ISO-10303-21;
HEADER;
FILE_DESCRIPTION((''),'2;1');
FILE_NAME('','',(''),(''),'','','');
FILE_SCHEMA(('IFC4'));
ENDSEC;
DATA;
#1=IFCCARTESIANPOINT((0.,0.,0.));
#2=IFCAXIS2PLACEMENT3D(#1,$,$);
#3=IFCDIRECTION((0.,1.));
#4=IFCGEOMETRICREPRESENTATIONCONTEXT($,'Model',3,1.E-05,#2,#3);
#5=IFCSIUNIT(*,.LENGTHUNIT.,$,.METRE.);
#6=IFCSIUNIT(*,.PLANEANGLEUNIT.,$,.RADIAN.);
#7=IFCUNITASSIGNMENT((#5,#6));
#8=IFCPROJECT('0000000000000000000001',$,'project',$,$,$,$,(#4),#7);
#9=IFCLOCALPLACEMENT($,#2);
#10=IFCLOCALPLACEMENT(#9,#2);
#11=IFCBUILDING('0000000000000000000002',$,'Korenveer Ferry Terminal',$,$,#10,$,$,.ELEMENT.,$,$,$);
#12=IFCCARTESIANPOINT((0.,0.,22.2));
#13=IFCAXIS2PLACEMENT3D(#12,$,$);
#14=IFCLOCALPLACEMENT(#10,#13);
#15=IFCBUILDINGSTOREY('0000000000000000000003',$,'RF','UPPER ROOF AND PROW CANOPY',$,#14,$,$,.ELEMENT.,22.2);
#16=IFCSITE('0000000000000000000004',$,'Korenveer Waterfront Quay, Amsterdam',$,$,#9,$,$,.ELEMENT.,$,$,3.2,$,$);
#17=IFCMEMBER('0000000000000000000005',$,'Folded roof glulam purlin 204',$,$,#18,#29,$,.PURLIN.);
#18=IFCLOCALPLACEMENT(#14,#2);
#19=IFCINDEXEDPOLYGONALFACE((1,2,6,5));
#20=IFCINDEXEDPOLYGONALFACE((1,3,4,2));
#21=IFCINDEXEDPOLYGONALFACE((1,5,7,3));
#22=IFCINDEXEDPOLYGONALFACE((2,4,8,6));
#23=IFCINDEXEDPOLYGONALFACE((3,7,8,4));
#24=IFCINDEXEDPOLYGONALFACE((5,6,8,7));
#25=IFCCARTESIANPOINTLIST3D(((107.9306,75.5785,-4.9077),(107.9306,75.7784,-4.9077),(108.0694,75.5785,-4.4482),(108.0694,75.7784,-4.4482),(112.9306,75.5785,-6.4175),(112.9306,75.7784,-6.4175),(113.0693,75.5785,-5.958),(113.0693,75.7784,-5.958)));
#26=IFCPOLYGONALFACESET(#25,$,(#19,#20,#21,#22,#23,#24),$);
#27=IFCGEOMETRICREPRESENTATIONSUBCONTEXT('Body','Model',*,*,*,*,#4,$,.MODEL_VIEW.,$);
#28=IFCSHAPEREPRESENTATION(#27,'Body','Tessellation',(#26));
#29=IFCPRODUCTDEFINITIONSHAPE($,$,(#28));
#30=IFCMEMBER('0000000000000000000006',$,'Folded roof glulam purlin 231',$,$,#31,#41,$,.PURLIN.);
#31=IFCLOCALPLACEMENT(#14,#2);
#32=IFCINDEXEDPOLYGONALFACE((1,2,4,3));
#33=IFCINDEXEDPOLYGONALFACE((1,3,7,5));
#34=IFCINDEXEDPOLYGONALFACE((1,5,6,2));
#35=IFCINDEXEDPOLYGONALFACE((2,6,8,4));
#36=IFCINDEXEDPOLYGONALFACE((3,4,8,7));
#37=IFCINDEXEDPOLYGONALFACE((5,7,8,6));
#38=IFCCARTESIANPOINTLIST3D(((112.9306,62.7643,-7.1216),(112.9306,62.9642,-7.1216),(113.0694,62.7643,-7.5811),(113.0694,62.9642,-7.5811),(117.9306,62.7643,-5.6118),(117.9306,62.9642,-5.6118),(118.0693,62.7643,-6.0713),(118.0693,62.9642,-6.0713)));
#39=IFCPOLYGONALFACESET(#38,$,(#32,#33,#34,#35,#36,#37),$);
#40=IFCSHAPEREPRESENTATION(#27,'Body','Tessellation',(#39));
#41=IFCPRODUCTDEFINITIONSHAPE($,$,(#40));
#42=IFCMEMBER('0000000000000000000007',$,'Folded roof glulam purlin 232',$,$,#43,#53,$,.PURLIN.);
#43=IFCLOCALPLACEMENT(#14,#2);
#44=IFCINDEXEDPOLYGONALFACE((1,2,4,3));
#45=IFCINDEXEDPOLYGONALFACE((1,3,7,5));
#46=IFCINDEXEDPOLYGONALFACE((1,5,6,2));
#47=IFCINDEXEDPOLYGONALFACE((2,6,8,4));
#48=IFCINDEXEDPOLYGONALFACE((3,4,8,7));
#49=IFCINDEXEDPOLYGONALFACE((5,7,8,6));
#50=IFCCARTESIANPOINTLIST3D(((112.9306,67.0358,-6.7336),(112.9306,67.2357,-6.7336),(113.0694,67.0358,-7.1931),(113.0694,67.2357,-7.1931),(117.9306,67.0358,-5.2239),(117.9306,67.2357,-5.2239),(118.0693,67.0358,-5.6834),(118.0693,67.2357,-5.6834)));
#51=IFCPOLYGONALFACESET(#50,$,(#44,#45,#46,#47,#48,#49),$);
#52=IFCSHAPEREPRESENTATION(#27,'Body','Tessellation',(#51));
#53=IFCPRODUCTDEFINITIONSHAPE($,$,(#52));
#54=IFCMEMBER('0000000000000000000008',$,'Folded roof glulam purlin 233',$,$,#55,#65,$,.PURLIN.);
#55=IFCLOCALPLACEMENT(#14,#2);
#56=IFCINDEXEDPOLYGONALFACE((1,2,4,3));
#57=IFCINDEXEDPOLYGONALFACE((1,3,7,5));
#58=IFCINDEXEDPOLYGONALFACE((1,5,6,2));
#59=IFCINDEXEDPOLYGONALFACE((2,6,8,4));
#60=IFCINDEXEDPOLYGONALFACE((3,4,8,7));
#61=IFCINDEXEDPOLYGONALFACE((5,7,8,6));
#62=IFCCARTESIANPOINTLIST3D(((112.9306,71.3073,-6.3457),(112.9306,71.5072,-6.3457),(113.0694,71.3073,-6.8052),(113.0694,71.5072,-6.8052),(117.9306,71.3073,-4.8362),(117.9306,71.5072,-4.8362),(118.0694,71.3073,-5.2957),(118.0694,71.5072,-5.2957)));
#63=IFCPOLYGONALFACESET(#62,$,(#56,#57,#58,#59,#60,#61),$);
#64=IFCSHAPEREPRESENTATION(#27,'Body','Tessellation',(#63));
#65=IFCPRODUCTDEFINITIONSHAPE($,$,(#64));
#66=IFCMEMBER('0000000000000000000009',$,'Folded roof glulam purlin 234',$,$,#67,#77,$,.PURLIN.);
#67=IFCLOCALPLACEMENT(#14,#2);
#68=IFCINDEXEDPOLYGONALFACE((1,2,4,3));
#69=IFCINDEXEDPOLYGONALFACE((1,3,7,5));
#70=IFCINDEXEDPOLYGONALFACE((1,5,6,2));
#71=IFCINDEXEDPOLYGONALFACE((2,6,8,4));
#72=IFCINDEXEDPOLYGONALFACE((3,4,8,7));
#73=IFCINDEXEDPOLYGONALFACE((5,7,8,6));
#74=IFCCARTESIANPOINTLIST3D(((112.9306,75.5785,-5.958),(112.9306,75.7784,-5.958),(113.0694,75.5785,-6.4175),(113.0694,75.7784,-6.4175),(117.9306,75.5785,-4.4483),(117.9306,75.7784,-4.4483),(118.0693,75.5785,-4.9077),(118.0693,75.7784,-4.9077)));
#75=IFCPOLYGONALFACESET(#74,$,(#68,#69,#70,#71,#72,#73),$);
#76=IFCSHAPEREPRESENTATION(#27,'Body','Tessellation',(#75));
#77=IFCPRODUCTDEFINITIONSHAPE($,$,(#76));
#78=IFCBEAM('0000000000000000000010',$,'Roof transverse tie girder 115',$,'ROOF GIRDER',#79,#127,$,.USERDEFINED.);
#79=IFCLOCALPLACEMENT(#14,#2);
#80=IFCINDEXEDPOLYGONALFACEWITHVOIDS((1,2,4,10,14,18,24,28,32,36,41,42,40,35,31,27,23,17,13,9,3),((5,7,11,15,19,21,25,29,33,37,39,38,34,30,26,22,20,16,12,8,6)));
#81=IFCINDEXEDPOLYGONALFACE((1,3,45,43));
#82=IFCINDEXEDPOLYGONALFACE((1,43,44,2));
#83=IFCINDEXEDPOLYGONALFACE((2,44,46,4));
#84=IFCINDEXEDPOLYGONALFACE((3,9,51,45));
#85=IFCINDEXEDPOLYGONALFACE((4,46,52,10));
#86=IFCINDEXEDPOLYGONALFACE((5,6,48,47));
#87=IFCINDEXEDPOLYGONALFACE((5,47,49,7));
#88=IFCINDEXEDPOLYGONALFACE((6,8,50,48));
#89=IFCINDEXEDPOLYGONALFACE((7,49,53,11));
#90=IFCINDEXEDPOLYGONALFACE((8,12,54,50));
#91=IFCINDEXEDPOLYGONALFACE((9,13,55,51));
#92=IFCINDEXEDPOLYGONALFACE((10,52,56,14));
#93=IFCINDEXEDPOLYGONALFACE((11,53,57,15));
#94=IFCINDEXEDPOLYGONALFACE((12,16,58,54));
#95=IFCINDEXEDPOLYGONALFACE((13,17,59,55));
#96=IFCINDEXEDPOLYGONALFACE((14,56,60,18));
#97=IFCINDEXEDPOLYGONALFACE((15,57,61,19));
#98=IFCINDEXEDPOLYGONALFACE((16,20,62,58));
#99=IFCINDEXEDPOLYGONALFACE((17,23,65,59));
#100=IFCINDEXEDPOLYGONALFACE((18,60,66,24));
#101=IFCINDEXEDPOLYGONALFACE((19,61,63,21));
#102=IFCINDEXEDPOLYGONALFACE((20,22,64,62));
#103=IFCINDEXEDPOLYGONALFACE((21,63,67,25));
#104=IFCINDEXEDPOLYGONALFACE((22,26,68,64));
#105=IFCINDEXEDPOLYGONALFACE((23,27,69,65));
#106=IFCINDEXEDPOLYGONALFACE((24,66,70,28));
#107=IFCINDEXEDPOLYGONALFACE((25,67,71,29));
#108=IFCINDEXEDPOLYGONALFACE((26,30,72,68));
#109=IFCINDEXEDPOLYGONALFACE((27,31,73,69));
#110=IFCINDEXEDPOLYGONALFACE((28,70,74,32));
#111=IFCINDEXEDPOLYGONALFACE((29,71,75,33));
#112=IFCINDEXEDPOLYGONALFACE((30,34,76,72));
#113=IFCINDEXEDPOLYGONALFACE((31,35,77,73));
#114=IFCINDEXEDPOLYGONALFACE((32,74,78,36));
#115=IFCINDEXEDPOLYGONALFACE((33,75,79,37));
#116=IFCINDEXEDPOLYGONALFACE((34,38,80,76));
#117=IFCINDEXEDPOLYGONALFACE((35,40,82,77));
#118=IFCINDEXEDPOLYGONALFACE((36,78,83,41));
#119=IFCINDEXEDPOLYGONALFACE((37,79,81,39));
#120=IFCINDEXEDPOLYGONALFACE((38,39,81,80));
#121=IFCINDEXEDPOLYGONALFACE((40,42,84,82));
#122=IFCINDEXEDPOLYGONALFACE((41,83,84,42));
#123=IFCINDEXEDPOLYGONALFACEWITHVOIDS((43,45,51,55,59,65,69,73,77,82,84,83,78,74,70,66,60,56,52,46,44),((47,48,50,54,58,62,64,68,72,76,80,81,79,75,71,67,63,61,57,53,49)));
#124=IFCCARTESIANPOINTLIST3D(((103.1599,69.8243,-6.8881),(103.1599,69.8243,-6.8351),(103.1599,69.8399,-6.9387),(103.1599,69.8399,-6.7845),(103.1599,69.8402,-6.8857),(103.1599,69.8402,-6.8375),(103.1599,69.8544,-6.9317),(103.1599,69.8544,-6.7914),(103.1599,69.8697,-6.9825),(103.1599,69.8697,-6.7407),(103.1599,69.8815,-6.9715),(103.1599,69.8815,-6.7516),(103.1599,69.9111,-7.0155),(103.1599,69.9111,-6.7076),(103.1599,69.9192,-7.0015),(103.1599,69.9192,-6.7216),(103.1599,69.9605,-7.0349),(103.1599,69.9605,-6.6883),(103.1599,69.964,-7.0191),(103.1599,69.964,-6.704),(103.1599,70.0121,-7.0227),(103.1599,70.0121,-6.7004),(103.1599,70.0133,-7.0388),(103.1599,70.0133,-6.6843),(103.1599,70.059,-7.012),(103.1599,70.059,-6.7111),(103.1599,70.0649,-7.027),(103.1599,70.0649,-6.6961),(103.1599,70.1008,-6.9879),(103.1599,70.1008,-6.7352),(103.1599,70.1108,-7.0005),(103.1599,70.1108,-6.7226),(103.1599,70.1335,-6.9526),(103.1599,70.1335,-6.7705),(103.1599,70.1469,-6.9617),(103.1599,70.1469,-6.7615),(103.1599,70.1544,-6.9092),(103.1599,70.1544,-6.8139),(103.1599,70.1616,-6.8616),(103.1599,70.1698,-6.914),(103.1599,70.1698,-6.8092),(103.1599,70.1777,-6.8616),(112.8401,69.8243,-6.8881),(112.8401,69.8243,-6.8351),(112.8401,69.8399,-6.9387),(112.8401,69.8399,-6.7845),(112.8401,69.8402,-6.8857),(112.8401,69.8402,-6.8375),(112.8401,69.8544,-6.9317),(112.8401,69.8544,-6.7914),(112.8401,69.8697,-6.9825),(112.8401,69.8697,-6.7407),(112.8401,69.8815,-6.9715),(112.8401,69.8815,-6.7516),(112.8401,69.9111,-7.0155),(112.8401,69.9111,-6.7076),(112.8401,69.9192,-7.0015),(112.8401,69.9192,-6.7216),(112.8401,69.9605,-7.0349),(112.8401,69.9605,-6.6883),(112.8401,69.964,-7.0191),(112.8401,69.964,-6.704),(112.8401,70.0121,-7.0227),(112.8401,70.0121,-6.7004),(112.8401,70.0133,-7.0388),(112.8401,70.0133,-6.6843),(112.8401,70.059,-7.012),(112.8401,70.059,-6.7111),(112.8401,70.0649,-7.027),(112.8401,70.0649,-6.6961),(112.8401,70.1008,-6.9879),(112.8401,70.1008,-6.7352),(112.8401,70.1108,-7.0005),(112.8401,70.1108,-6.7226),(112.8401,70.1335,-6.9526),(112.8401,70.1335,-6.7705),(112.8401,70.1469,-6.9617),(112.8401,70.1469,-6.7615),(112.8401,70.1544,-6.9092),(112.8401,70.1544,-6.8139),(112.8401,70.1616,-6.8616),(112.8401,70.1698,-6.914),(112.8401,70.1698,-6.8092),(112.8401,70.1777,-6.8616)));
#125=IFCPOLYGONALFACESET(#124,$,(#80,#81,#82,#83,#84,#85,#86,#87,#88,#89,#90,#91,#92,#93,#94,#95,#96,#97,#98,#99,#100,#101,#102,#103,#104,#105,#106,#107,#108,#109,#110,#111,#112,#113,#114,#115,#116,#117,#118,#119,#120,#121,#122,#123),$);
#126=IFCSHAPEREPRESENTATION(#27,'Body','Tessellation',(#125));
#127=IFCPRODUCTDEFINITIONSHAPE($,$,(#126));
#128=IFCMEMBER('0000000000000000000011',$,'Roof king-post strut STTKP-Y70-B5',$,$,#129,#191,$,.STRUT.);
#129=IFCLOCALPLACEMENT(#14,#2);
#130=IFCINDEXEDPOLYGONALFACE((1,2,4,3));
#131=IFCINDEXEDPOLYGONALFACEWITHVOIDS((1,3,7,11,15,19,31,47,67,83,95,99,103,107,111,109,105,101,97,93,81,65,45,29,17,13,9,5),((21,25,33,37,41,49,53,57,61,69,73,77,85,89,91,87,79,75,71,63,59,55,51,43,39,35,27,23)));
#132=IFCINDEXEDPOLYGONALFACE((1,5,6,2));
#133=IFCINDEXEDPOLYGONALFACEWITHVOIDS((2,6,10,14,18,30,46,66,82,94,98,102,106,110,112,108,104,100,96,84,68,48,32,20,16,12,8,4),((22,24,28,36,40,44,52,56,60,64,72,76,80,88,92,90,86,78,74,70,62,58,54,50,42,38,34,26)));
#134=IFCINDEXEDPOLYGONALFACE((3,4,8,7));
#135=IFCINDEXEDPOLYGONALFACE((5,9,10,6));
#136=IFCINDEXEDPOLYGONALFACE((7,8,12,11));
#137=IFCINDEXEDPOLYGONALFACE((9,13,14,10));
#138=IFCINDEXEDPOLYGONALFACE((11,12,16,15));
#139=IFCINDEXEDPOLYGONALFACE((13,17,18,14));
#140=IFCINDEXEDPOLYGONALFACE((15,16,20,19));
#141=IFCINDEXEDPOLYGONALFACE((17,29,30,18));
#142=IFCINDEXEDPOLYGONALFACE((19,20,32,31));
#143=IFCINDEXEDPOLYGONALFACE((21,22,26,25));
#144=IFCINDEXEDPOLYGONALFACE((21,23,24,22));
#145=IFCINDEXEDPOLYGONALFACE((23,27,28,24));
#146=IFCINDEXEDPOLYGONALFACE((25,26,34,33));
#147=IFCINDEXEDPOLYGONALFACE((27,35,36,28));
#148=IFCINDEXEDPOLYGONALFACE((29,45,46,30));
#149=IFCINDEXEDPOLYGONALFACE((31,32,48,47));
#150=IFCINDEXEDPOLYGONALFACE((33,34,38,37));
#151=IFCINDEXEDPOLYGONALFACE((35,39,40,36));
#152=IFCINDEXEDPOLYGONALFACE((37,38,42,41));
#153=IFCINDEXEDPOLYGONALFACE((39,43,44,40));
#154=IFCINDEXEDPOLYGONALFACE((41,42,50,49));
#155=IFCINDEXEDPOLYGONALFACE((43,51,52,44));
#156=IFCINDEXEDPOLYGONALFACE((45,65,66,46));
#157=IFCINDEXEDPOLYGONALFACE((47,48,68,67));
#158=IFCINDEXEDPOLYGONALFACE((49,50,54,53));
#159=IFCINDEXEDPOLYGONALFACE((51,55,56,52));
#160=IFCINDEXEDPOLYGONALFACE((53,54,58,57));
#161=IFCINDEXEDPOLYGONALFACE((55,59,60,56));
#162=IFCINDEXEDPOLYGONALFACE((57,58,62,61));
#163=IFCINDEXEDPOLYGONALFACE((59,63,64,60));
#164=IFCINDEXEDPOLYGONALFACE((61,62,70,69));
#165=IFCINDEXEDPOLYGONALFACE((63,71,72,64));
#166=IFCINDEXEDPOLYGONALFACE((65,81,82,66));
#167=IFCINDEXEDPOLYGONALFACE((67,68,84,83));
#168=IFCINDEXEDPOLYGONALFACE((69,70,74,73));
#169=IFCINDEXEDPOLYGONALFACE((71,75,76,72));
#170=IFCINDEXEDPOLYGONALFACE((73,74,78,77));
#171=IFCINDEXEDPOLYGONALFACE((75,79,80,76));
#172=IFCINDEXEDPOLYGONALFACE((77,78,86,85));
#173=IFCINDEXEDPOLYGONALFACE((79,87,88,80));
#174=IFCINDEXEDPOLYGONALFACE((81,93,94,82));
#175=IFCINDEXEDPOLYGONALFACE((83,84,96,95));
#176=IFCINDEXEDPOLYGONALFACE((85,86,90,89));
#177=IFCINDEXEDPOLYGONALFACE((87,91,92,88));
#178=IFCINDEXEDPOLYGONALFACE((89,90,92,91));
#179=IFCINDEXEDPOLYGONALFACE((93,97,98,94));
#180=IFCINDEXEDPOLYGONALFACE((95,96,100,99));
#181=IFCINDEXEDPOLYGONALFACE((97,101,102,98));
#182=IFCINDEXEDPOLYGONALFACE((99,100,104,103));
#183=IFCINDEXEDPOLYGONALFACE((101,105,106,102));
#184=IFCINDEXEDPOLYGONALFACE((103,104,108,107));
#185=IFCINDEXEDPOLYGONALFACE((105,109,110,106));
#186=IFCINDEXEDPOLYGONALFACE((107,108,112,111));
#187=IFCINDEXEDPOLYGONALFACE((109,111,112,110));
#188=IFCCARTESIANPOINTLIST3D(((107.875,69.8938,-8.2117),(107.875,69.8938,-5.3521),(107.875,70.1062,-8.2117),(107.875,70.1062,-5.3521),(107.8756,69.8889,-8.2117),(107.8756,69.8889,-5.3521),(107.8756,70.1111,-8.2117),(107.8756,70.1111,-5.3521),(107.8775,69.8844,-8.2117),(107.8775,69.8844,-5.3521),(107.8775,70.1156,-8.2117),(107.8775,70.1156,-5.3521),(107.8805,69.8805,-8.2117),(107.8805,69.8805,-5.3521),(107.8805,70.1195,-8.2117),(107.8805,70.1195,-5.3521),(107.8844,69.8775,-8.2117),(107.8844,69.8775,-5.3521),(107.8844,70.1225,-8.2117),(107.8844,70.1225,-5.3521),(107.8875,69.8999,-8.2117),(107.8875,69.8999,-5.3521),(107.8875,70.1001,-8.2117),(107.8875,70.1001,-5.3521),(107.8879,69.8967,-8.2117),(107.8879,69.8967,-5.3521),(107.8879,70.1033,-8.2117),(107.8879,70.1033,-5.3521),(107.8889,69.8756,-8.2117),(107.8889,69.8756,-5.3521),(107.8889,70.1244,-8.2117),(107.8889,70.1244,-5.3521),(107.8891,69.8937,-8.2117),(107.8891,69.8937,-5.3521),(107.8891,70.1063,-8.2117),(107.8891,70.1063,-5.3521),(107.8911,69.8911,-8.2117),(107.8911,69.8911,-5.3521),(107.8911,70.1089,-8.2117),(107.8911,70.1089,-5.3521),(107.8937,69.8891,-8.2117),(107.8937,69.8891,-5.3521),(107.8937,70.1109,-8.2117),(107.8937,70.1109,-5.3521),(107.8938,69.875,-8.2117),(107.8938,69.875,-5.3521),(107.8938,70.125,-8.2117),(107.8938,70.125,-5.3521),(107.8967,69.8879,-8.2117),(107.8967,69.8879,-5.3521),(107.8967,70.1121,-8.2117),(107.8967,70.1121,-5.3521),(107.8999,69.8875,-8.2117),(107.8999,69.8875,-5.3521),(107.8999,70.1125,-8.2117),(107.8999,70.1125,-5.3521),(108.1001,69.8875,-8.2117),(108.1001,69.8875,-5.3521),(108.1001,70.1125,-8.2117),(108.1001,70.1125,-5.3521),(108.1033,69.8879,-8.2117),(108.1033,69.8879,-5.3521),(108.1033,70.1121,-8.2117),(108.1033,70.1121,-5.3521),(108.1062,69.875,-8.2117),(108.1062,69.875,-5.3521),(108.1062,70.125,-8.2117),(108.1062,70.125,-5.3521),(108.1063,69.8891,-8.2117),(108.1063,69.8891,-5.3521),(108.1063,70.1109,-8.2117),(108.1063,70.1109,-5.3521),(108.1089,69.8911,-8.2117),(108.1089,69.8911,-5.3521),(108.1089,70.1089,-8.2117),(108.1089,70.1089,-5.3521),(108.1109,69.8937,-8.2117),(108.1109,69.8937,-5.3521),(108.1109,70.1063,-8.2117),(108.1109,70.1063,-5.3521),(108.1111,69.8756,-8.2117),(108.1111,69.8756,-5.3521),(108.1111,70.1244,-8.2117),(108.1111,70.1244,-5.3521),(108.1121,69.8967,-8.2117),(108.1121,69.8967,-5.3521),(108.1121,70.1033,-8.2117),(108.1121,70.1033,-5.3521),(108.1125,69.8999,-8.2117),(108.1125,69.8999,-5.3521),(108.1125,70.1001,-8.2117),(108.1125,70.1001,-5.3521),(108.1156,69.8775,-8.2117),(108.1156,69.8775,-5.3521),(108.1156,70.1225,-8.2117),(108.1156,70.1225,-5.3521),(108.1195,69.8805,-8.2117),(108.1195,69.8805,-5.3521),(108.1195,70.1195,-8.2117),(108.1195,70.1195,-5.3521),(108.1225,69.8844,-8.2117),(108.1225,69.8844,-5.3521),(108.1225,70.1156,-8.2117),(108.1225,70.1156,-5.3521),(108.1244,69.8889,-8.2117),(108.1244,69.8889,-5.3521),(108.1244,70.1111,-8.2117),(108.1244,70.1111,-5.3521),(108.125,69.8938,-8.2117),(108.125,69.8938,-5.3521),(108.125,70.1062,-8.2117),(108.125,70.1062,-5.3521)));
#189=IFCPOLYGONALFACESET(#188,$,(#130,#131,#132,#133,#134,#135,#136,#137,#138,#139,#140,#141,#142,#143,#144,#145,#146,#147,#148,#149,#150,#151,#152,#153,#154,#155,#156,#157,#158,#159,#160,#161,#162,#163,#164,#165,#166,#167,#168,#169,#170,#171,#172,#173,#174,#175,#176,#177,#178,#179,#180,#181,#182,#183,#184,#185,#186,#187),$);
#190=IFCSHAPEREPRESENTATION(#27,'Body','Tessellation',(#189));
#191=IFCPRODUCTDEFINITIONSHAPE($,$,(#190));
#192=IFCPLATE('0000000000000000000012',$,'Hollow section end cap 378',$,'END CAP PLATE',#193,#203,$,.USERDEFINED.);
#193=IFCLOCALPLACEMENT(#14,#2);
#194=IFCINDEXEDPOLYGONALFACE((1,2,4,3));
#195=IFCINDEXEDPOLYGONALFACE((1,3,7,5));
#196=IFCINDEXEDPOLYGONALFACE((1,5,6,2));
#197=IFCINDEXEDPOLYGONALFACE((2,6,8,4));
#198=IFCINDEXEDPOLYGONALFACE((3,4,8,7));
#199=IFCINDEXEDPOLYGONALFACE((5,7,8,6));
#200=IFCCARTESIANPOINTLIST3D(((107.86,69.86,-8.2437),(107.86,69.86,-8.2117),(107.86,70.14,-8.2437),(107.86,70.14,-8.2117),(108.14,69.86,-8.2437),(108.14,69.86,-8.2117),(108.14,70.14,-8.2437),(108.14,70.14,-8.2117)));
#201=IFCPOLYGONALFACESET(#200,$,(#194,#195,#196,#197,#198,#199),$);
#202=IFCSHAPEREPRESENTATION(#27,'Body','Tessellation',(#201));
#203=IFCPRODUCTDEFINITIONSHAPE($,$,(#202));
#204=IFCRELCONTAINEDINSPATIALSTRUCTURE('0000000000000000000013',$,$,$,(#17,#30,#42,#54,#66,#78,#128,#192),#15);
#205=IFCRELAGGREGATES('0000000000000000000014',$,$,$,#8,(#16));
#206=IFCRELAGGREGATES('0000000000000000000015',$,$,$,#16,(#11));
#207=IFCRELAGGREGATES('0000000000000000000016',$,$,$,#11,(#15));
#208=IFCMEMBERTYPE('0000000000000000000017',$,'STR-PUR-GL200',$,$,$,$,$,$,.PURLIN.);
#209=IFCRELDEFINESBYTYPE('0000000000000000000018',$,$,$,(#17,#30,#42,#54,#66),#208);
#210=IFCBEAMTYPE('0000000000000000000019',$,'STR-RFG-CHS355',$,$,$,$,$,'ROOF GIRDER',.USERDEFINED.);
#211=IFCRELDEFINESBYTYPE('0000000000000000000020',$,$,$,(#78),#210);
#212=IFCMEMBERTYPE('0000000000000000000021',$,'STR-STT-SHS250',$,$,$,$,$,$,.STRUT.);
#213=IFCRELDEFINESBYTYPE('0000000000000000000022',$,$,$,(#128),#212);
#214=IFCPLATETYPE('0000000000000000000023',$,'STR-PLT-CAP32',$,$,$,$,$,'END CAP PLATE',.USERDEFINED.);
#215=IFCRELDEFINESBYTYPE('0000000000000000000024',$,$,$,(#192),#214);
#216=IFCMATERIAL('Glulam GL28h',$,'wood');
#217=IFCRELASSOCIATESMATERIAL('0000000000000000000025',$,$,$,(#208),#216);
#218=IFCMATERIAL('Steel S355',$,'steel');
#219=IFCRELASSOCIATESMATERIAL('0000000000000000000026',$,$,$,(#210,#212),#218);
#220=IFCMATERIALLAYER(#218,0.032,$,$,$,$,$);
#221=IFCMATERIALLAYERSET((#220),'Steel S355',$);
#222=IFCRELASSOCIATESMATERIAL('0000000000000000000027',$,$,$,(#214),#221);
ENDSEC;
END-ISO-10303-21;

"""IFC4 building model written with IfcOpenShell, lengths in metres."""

from ifc_helpers import new_model, si_unit, direction, frame, origin, origin_2d, place, context, subcontext, project, spatial, rectangle, hollow_rectangle, hollow_circle, extrude, material, layer, layer_set, material_profile, profile_set, type_object, element, save


model = new_model("IFC4")

# Units and contexts
model_context = context("Model", 3, precision=1e-05, world=origin(), true_north=direction((0.0, 1.0)))
body_context = subcontext(model_context, "Body", "Model", "MODEL_VIEW")
ifc_project = project(units=[si_unit("LENGTHUNIT", "METRE"), si_unit("PLANEANGLEUNIT", "RADIAN")], contexts=[model_context])

# Site, building, storey
site_placement = place(None, origin())
site = spatial("IfcSite", under=ifc_project, at=site_placement, Name="Korenveer Waterfront Quay, Amsterdam", CompositionType="ELEMENT", RefElevation=3.2)
building_placement = place(site_placement, origin())
building = spatial("IfcBuilding", under=site, at=building_placement, Name="Korenveer Ferry Terminal", CompositionType="ELEMENT")
storey_placement = place(building_placement, frame((0.0, 0.0, 22.2)))
storey = spatial("IfcBuildingStorey", under=building, at=storey_placement, Name="RF", Description="UPPER ROOF AND PROW CANOPY", CompositionType="ELEMENT", Elevation=22.2)

# Members
ifc_material_1 = material(Name="Steel S355", Category="steel")
ifc_material_2 = material(Name="Glulam GL28h", Category="wood")
ifc_material_profile_1 = material_profile(ifc_material_2, rectangle(XDim=0.2, YDim=0.48, at=origin_2d()), Name="GL 200x480")
ifc_profile_set_1 = profile_set([ifc_material_profile_1], Name="Glulam GL28h")
member_type_1 = type_object("IfcMemberType", Name="STR-PUR-GL200", PredefinedType="PURLIN", material=ifc_profile_set_1)
for number, where, z_axis, x_axis, name in (
    (1, (108.0, 75.6785, -4.678), (0.95731, 0.0, -0.289063), (0.0, 1.0, 0.0), "Folded roof glulam purlin 204"),
    (2, (113.0, 62.8643, -7.3513), (0.95731, 0.0, 0.289063), (0.0, 1.0, 0.0), "Folded roof glulam purlin 231"),
    (3, (113.0, 67.1357, -6.9634), (0.95731, 0.0, 0.289063), (0.0, 1.0, 0.0), "Folded roof glulam purlin 232"),
    (4, (113.0, 71.4072, -6.5754), (0.957323, 0.0, 0.28902), (0.0, 1.0, 0.0), "Folded roof glulam purlin 233"),
    (5, (113.0, 75.6785, -6.1877), (0.95731, 0.0, 0.289063), (0.0, 1.0, 0.0), "Folded roof glulam purlin 234"),
):
    element("IfcMember", number, at=place(storey_placement, frame(where, z_axis=z_axis, x_axis=x_axis)), inside=storey, type_object=member_type_1, Name=name, PredefinedType="PURLIN", context=body_context, shape_type="SweptSolid", body=[
        extrude(rectangle(XDim=0.2, YDim=0.48, at=origin_2d()), origin(), (0.0, 0.0, 1.0), 5.2229),
    ])

# Beam
ifc_material_profile_2 = material_profile(ifc_material_1, hollow_circle(Radius=0.1777, WallThickness=0.0161, at=origin_2d()), Name="CHS 355.6x16")
ifc_profile_set_2 = profile_set([ifc_material_profile_2], Name="Steel S355")
beam_type = type_object("IfcBeamType", Name="STR-RFG-CHS355", ElementType="ROOF GIRDER", PredefinedType="USERDEFINED", material=ifc_profile_set_2)
beam_placement = place(storey_placement, frame((103.1599, 70.0, -6.8616), z_axis=(1.0, 0.0, 0.0), x_axis=(0.0, 1.0, 0.0)))
element("IfcBeam", 6, at=beam_placement, inside=storey, type_object=beam_type, Name="Roof transverse tie girder 115", ObjectType="ROOF GIRDER", PredefinedType="USERDEFINED", context=body_context, shape_type="SweptSolid", body=[
    extrude(hollow_circle(Radius=0.1777, WallThickness=0.0161, at=origin_2d()), origin(), (0.0, 0.0, 1.0), 9.6802),
])

# Member
ifc_material_profile_3 = material_profile(ifc_material_1, hollow_rectangle(XDim=0.25, YDim=0.25, WallThickness=0.0125, InnerFilletRadius=0.0125, OuterFilletRadius=0.0188, at=origin_2d()), Name="SHS 250x250x12.5")
ifc_profile_set_3 = profile_set([ifc_material_profile_3], Name="Steel S355")
member_type_2 = type_object("IfcMemberType", Name="STR-STT-SHS250", PredefinedType="STRUT", material=ifc_profile_set_3)
member_1_placement = place(storey_placement, frame((108.0, 70.0, -8.2117), z_axis=(0.0, 0.0, 1.0), x_axis=(1.0, 0.0, 0.0)))
element("IfcMember", 7, at=member_1_placement, inside=storey, type_object=member_type_2, Name="Roof king-post strut STTKP-Y70-B5", PredefinedType="STRUT", context=body_context, shape_type="SweptSolid", body=[
    extrude(hollow_rectangle(XDim=0.25, YDim=0.25, WallThickness=0.0125, InnerFilletRadius=0.0125, OuterFilletRadius=0.0188, at=origin_2d()), origin(), (0.0, 0.0, 1.0), 2.8596),
])

# Plate
ifc_layer_1 = layer(ifc_material_1, 0.032)
ifc_layer_set_1 = layer_set([ifc_layer_1], Name="Steel S355")
plate_type_1 = type_object("IfcPlateType", Name="STR-PLT-CAP32", ElementType="END CAP PLATE", PredefinedType="USERDEFINED", material=ifc_layer_set_1)
for number, where, z_axis, x_axis, name in (
    (8, (108.0, 70.0, -8.2437), (0.0, 0.0, 1.0), (1.0, 0.0, 0.0), "Hollow section end cap 378"),
):
    element("IfcPlate", number, at=place(storey_placement, frame(where, z_axis=z_axis, x_axis=x_axis)), inside=storey, type_object=plate_type_1, Name=name, ObjectType="END CAP PLATE", PredefinedType="USERDEFINED", context=body_context, shape_type="SweptSolid", body=[
        extrude(rectangle(XDim=0.28, YDim=0.28, at=origin_2d()), origin(), (0.0, 0.0, 1.0), 0.032),
    ])

save(model, "model.ifc")
